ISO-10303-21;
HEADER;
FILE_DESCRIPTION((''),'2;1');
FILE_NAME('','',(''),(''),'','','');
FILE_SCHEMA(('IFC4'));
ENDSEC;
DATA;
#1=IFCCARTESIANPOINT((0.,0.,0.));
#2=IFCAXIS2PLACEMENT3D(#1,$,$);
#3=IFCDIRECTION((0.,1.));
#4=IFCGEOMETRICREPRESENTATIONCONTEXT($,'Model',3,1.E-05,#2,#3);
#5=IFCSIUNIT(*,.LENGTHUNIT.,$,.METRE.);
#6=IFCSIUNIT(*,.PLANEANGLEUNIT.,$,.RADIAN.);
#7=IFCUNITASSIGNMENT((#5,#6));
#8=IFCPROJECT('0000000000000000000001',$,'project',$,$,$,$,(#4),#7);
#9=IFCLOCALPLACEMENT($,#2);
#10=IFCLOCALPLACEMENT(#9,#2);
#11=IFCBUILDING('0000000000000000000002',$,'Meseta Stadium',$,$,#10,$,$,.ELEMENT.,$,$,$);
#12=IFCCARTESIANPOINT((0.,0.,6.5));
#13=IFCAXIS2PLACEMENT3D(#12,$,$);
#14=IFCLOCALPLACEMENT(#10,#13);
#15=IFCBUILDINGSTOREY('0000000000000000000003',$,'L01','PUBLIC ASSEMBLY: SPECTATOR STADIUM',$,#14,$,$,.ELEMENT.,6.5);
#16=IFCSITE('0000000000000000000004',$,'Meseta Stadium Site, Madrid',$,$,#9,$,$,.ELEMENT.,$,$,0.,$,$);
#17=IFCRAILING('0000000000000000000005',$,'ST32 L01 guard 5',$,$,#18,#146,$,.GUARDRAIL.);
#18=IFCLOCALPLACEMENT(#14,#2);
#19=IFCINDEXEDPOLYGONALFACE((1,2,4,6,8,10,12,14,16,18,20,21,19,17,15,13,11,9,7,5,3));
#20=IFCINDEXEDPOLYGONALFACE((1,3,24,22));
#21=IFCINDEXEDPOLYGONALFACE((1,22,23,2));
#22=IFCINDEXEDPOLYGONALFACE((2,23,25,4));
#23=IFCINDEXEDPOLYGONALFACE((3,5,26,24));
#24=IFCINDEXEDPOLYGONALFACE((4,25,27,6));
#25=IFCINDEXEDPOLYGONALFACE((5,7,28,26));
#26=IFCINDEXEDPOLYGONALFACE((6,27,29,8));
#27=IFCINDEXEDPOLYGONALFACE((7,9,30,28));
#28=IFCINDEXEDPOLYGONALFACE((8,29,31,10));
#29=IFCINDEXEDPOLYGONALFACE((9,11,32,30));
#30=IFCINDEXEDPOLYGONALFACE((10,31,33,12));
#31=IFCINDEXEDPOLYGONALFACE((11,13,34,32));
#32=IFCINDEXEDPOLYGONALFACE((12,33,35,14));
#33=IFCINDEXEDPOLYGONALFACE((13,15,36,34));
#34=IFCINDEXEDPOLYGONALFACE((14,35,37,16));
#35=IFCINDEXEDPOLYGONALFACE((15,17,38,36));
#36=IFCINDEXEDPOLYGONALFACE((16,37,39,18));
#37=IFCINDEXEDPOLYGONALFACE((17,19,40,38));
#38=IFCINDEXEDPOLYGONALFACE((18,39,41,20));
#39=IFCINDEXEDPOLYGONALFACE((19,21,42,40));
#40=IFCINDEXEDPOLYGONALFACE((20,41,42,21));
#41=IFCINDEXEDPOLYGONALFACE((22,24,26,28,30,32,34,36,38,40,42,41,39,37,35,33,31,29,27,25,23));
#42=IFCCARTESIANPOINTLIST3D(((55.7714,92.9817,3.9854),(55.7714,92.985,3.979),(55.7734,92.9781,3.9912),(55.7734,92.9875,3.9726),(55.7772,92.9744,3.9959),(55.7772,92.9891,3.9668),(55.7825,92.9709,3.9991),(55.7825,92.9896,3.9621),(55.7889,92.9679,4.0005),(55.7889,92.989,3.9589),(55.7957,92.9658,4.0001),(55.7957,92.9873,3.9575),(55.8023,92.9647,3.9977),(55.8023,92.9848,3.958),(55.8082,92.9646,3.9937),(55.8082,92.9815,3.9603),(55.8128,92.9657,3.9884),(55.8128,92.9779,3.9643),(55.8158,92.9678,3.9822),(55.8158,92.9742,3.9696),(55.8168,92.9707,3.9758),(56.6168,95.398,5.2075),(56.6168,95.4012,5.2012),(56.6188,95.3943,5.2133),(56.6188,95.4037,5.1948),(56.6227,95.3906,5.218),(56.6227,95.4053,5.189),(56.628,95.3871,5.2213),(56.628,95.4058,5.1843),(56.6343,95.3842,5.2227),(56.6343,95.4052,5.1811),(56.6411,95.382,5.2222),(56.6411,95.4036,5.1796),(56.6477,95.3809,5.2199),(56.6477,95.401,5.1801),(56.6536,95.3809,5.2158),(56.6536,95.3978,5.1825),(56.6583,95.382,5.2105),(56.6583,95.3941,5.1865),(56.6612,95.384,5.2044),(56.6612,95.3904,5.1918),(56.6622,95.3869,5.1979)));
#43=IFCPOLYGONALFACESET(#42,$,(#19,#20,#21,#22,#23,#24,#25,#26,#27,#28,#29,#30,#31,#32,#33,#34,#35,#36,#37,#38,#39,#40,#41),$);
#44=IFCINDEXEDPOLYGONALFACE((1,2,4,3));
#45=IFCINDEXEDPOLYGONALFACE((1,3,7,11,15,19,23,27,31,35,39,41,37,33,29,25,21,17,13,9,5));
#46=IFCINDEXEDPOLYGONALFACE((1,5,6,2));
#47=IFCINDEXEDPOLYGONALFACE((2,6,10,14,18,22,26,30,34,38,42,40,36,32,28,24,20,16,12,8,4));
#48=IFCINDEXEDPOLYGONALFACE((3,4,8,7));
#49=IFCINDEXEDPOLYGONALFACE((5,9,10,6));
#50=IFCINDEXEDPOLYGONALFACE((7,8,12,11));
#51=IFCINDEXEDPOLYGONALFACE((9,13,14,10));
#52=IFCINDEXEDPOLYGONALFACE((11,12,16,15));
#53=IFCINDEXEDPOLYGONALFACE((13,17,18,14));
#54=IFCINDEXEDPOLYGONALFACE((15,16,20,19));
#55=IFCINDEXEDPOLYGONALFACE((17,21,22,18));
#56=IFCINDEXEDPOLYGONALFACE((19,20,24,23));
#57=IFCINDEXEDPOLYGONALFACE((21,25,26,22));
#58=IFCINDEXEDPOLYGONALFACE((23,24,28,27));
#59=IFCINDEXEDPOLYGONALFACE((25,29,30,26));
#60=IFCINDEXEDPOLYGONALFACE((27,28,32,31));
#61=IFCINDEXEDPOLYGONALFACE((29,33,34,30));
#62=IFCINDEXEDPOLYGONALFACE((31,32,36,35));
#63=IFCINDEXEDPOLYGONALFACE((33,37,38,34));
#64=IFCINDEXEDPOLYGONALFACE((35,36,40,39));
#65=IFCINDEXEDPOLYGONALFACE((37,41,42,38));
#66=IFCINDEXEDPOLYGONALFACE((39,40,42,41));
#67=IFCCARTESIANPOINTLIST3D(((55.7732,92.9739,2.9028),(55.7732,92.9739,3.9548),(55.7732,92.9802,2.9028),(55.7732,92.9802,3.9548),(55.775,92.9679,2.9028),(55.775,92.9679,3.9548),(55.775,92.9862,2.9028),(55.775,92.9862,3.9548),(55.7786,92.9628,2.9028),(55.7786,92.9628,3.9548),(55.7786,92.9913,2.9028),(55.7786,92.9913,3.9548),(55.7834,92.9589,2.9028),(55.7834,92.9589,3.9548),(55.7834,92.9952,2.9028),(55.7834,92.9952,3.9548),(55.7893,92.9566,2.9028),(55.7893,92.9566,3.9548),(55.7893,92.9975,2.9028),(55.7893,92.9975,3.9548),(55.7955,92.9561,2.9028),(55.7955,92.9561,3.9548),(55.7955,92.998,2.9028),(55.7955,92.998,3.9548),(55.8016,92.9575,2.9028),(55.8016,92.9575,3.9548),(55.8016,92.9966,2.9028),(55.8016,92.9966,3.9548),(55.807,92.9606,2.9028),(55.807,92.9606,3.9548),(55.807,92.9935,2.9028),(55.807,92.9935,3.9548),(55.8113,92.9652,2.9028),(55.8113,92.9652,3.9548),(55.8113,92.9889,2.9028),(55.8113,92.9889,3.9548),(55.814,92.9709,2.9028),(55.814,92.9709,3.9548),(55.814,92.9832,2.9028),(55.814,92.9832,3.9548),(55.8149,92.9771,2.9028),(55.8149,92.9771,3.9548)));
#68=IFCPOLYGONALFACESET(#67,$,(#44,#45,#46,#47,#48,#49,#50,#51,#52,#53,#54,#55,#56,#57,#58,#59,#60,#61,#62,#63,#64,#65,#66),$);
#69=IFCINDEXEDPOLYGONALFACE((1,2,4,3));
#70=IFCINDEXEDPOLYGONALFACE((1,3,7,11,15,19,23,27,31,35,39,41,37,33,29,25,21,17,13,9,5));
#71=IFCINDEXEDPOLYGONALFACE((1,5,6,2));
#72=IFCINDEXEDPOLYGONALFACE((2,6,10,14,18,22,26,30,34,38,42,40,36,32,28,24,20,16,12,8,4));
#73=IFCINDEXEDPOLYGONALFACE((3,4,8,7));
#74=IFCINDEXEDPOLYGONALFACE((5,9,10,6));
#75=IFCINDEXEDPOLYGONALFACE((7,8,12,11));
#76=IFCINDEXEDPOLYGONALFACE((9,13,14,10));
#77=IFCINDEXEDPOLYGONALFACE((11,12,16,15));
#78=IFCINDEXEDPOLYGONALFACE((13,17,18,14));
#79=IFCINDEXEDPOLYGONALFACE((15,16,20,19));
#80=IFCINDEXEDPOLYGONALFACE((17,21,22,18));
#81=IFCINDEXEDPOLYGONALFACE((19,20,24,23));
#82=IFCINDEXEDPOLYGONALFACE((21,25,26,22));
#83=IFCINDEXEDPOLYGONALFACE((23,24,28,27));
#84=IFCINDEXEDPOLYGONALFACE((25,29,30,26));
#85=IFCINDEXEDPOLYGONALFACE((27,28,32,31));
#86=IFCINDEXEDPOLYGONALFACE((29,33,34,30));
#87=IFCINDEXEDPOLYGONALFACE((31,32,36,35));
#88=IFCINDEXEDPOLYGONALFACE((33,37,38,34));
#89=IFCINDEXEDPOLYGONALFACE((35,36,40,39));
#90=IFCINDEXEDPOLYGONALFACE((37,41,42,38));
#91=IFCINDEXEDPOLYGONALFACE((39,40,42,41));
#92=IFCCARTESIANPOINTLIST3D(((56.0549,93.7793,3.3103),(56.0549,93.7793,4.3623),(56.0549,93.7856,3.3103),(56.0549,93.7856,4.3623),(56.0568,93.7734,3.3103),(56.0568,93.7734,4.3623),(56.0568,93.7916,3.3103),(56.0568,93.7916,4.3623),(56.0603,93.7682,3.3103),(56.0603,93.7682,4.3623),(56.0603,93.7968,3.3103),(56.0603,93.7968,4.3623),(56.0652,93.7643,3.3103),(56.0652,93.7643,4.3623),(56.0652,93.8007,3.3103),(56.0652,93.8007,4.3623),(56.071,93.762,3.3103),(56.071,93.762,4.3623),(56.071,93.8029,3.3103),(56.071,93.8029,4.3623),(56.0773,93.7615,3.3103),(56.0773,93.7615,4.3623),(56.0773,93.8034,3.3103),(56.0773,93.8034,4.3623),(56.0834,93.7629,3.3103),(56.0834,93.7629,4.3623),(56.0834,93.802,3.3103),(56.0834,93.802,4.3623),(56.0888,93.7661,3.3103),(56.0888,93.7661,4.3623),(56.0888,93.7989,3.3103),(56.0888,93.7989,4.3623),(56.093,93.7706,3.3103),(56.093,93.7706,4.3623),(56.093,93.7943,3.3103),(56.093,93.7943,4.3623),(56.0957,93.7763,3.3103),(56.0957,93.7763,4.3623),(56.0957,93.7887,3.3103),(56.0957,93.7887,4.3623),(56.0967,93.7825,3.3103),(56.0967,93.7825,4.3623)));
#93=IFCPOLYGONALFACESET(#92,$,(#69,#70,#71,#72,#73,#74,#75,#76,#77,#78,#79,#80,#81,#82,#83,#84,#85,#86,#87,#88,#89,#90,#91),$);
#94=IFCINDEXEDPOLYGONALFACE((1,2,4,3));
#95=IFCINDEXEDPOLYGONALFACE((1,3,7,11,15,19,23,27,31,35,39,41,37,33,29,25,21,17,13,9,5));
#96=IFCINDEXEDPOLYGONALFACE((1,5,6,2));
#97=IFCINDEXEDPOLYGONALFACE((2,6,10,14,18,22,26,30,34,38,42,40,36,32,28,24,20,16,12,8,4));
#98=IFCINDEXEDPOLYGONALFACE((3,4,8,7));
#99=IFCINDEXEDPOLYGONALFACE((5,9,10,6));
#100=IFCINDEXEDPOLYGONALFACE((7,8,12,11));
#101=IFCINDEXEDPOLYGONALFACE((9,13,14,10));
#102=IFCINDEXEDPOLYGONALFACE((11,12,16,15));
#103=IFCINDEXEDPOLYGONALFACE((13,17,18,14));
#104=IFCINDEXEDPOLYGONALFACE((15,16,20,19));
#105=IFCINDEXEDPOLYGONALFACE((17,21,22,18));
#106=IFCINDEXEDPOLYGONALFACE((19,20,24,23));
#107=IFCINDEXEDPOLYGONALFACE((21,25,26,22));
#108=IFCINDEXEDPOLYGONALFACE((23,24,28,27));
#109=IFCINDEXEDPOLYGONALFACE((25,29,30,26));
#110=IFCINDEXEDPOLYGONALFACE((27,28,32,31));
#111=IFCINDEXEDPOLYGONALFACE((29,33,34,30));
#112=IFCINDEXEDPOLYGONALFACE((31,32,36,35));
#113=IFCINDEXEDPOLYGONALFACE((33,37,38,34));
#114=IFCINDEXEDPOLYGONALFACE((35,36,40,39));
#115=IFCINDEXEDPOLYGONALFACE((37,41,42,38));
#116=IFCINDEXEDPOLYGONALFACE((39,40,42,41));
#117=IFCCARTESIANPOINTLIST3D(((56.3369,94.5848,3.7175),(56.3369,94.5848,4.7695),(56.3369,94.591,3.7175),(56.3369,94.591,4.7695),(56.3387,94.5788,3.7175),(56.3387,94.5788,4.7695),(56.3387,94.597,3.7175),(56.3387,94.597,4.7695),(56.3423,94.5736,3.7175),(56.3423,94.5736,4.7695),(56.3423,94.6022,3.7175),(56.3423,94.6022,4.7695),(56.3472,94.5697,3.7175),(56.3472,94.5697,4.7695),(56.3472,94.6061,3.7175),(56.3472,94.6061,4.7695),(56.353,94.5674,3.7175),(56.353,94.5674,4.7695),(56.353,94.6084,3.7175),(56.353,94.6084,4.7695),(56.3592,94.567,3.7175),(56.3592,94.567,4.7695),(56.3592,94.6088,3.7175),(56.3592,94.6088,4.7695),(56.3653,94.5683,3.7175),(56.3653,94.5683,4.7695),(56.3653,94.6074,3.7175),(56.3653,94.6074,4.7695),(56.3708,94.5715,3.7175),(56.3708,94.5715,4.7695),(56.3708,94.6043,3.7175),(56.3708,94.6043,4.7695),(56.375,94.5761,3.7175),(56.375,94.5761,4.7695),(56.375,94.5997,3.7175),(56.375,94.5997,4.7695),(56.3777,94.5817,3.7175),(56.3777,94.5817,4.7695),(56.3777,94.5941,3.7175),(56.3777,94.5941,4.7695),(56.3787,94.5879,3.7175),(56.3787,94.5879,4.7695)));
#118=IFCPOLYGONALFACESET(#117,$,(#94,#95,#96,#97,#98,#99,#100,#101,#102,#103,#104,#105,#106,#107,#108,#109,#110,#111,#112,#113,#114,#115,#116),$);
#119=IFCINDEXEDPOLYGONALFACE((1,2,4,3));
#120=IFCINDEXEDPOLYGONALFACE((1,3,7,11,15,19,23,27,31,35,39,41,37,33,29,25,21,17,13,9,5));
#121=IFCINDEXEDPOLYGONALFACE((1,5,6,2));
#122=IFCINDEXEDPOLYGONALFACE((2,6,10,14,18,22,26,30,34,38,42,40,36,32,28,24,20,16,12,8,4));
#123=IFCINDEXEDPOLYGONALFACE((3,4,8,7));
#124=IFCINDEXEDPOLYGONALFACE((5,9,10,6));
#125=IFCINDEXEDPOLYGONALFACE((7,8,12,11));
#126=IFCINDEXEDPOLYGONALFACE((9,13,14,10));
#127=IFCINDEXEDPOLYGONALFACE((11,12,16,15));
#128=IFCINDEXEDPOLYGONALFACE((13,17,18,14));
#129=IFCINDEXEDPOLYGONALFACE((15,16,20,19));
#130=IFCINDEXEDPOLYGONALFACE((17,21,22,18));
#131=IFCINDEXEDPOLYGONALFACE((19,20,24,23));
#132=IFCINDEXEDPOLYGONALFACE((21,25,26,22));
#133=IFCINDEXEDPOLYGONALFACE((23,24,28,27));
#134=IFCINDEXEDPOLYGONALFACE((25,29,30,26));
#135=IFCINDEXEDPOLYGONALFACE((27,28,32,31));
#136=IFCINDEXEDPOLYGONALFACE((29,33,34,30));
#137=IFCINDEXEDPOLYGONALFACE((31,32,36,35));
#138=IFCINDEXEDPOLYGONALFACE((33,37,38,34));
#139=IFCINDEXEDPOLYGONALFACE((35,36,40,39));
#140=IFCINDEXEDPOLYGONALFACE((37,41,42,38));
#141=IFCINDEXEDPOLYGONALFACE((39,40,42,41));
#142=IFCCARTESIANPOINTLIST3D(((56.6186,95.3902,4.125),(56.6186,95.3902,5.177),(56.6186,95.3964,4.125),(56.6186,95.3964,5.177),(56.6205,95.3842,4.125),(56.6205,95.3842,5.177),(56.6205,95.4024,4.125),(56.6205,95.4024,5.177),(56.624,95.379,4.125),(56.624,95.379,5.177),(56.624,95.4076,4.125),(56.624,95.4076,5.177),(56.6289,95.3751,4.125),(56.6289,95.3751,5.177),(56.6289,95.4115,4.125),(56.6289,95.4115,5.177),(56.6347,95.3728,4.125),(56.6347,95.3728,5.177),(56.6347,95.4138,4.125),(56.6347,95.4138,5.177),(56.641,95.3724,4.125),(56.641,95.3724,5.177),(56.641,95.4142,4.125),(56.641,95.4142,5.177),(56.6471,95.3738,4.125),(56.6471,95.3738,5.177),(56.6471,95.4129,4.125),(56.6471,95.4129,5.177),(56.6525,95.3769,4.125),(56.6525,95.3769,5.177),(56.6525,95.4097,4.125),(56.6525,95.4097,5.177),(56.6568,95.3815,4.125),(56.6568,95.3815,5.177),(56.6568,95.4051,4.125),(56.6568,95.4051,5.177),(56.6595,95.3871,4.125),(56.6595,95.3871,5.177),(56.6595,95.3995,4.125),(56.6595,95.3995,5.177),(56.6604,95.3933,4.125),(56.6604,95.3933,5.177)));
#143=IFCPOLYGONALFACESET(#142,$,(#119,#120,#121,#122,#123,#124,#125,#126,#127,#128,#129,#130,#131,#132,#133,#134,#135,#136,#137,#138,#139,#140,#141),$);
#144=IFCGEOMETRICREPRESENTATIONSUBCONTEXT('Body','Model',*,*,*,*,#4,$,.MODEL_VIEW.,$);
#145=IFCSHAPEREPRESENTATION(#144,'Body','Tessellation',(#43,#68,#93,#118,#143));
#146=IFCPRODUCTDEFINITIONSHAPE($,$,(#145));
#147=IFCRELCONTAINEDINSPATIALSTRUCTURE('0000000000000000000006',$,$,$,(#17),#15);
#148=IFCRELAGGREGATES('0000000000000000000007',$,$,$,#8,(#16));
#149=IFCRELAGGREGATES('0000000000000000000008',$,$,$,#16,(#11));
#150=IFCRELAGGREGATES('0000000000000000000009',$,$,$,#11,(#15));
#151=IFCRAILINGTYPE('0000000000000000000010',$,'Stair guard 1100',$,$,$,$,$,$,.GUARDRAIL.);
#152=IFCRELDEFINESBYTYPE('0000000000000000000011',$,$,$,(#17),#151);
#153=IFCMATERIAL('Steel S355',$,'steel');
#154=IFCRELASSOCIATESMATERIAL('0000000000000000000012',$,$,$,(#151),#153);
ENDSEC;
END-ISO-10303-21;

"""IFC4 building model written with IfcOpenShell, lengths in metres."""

from ifc_helpers import new_model, si_unit, direction, frame, origin, origin_2d, place, context, subcontext, project, spatial, circle, extrude, material, type_object, element, save


model = new_model("IFC4")

# Units and contexts
model_context = context("Model", 3, precision=1e-05, world=origin(), true_north=direction((0.0, 1.0)))
body_context = subcontext(model_context, "Body", "Model", "MODEL_VIEW")
ifc_project = project(units=[si_unit("LENGTHUNIT", "METRE"), si_unit("PLANEANGLEUNIT", "RADIAN")], contexts=[model_context])

# Site, building, storey
site_placement = place(None, origin())
site = spatial("IfcSite", under=ifc_project, at=site_placement, Name="Meseta Stadium Site, Madrid", CompositionType="ELEMENT", RefElevation=0.0)
building_placement = place(site_placement, origin())
building = spatial("IfcBuilding", under=site, at=building_placement, Name="Meseta Stadium", CompositionType="ELEMENT")
storey_placement = place(building_placement, frame((0.0, 0.0, 6.5)))
storey = spatial("IfcBuildingStorey", under=building, at=storey_placement, Name="L01", Description="PUBLIC ASSEMBLY: SPECTATOR STADIUM", CompositionType="ELEMENT", Elevation=6.5)

# Railing
ifc_material_1 = material(Name="Steel S355", Category="steel")
railing_type_1 = type_object("IfcRailingType", Name="Stair guard 1100", PredefinedType="GUARDRAIL", material=ifc_material_1)
railing_1_placement = place(storey_placement, frame((55.7939, 92.9771, 2.9028)))
element("IfcRailing", 1, at=railing_1_placement, inside=storey, type_object=railing_type_1, Name="ST32 L01 guard 5", PredefinedType="GUARDRAIL", context=body_context, shape_type="SweptSolid", body=[
    extrude(circle(Radius=0.0239, at=origin_2d()), frame((0.0, 0.0, 1.0762), z_axis=(0.298044, 0.851789, 0.430843), x_axis=(-0.943887, 0.33027, 0.0)), (0.0, 0.0, 1.0), 2.8367),
    extrude(circle(Radius=0.021, at=origin_2d()), origin(), (0.0, 0.0, 1.0), 1.052),
    extrude(circle(Radius=0.021, at=origin_2d()), frame((0.2817, 0.8054, 0.4075)), (0.0, 0.0, 1.0), 1.052),
    extrude(circle(Radius=0.021, at=origin_2d()), frame((0.5637, 1.6108, 0.8147)), (0.0, 0.0, 1.0), 1.052),
    extrude(circle(Radius=0.021, at=origin_2d()), frame((0.8455, 2.4163, 1.2222)), (0.0, 0.0, 1.0), 1.052),
])

save(model, "model.ifc")
